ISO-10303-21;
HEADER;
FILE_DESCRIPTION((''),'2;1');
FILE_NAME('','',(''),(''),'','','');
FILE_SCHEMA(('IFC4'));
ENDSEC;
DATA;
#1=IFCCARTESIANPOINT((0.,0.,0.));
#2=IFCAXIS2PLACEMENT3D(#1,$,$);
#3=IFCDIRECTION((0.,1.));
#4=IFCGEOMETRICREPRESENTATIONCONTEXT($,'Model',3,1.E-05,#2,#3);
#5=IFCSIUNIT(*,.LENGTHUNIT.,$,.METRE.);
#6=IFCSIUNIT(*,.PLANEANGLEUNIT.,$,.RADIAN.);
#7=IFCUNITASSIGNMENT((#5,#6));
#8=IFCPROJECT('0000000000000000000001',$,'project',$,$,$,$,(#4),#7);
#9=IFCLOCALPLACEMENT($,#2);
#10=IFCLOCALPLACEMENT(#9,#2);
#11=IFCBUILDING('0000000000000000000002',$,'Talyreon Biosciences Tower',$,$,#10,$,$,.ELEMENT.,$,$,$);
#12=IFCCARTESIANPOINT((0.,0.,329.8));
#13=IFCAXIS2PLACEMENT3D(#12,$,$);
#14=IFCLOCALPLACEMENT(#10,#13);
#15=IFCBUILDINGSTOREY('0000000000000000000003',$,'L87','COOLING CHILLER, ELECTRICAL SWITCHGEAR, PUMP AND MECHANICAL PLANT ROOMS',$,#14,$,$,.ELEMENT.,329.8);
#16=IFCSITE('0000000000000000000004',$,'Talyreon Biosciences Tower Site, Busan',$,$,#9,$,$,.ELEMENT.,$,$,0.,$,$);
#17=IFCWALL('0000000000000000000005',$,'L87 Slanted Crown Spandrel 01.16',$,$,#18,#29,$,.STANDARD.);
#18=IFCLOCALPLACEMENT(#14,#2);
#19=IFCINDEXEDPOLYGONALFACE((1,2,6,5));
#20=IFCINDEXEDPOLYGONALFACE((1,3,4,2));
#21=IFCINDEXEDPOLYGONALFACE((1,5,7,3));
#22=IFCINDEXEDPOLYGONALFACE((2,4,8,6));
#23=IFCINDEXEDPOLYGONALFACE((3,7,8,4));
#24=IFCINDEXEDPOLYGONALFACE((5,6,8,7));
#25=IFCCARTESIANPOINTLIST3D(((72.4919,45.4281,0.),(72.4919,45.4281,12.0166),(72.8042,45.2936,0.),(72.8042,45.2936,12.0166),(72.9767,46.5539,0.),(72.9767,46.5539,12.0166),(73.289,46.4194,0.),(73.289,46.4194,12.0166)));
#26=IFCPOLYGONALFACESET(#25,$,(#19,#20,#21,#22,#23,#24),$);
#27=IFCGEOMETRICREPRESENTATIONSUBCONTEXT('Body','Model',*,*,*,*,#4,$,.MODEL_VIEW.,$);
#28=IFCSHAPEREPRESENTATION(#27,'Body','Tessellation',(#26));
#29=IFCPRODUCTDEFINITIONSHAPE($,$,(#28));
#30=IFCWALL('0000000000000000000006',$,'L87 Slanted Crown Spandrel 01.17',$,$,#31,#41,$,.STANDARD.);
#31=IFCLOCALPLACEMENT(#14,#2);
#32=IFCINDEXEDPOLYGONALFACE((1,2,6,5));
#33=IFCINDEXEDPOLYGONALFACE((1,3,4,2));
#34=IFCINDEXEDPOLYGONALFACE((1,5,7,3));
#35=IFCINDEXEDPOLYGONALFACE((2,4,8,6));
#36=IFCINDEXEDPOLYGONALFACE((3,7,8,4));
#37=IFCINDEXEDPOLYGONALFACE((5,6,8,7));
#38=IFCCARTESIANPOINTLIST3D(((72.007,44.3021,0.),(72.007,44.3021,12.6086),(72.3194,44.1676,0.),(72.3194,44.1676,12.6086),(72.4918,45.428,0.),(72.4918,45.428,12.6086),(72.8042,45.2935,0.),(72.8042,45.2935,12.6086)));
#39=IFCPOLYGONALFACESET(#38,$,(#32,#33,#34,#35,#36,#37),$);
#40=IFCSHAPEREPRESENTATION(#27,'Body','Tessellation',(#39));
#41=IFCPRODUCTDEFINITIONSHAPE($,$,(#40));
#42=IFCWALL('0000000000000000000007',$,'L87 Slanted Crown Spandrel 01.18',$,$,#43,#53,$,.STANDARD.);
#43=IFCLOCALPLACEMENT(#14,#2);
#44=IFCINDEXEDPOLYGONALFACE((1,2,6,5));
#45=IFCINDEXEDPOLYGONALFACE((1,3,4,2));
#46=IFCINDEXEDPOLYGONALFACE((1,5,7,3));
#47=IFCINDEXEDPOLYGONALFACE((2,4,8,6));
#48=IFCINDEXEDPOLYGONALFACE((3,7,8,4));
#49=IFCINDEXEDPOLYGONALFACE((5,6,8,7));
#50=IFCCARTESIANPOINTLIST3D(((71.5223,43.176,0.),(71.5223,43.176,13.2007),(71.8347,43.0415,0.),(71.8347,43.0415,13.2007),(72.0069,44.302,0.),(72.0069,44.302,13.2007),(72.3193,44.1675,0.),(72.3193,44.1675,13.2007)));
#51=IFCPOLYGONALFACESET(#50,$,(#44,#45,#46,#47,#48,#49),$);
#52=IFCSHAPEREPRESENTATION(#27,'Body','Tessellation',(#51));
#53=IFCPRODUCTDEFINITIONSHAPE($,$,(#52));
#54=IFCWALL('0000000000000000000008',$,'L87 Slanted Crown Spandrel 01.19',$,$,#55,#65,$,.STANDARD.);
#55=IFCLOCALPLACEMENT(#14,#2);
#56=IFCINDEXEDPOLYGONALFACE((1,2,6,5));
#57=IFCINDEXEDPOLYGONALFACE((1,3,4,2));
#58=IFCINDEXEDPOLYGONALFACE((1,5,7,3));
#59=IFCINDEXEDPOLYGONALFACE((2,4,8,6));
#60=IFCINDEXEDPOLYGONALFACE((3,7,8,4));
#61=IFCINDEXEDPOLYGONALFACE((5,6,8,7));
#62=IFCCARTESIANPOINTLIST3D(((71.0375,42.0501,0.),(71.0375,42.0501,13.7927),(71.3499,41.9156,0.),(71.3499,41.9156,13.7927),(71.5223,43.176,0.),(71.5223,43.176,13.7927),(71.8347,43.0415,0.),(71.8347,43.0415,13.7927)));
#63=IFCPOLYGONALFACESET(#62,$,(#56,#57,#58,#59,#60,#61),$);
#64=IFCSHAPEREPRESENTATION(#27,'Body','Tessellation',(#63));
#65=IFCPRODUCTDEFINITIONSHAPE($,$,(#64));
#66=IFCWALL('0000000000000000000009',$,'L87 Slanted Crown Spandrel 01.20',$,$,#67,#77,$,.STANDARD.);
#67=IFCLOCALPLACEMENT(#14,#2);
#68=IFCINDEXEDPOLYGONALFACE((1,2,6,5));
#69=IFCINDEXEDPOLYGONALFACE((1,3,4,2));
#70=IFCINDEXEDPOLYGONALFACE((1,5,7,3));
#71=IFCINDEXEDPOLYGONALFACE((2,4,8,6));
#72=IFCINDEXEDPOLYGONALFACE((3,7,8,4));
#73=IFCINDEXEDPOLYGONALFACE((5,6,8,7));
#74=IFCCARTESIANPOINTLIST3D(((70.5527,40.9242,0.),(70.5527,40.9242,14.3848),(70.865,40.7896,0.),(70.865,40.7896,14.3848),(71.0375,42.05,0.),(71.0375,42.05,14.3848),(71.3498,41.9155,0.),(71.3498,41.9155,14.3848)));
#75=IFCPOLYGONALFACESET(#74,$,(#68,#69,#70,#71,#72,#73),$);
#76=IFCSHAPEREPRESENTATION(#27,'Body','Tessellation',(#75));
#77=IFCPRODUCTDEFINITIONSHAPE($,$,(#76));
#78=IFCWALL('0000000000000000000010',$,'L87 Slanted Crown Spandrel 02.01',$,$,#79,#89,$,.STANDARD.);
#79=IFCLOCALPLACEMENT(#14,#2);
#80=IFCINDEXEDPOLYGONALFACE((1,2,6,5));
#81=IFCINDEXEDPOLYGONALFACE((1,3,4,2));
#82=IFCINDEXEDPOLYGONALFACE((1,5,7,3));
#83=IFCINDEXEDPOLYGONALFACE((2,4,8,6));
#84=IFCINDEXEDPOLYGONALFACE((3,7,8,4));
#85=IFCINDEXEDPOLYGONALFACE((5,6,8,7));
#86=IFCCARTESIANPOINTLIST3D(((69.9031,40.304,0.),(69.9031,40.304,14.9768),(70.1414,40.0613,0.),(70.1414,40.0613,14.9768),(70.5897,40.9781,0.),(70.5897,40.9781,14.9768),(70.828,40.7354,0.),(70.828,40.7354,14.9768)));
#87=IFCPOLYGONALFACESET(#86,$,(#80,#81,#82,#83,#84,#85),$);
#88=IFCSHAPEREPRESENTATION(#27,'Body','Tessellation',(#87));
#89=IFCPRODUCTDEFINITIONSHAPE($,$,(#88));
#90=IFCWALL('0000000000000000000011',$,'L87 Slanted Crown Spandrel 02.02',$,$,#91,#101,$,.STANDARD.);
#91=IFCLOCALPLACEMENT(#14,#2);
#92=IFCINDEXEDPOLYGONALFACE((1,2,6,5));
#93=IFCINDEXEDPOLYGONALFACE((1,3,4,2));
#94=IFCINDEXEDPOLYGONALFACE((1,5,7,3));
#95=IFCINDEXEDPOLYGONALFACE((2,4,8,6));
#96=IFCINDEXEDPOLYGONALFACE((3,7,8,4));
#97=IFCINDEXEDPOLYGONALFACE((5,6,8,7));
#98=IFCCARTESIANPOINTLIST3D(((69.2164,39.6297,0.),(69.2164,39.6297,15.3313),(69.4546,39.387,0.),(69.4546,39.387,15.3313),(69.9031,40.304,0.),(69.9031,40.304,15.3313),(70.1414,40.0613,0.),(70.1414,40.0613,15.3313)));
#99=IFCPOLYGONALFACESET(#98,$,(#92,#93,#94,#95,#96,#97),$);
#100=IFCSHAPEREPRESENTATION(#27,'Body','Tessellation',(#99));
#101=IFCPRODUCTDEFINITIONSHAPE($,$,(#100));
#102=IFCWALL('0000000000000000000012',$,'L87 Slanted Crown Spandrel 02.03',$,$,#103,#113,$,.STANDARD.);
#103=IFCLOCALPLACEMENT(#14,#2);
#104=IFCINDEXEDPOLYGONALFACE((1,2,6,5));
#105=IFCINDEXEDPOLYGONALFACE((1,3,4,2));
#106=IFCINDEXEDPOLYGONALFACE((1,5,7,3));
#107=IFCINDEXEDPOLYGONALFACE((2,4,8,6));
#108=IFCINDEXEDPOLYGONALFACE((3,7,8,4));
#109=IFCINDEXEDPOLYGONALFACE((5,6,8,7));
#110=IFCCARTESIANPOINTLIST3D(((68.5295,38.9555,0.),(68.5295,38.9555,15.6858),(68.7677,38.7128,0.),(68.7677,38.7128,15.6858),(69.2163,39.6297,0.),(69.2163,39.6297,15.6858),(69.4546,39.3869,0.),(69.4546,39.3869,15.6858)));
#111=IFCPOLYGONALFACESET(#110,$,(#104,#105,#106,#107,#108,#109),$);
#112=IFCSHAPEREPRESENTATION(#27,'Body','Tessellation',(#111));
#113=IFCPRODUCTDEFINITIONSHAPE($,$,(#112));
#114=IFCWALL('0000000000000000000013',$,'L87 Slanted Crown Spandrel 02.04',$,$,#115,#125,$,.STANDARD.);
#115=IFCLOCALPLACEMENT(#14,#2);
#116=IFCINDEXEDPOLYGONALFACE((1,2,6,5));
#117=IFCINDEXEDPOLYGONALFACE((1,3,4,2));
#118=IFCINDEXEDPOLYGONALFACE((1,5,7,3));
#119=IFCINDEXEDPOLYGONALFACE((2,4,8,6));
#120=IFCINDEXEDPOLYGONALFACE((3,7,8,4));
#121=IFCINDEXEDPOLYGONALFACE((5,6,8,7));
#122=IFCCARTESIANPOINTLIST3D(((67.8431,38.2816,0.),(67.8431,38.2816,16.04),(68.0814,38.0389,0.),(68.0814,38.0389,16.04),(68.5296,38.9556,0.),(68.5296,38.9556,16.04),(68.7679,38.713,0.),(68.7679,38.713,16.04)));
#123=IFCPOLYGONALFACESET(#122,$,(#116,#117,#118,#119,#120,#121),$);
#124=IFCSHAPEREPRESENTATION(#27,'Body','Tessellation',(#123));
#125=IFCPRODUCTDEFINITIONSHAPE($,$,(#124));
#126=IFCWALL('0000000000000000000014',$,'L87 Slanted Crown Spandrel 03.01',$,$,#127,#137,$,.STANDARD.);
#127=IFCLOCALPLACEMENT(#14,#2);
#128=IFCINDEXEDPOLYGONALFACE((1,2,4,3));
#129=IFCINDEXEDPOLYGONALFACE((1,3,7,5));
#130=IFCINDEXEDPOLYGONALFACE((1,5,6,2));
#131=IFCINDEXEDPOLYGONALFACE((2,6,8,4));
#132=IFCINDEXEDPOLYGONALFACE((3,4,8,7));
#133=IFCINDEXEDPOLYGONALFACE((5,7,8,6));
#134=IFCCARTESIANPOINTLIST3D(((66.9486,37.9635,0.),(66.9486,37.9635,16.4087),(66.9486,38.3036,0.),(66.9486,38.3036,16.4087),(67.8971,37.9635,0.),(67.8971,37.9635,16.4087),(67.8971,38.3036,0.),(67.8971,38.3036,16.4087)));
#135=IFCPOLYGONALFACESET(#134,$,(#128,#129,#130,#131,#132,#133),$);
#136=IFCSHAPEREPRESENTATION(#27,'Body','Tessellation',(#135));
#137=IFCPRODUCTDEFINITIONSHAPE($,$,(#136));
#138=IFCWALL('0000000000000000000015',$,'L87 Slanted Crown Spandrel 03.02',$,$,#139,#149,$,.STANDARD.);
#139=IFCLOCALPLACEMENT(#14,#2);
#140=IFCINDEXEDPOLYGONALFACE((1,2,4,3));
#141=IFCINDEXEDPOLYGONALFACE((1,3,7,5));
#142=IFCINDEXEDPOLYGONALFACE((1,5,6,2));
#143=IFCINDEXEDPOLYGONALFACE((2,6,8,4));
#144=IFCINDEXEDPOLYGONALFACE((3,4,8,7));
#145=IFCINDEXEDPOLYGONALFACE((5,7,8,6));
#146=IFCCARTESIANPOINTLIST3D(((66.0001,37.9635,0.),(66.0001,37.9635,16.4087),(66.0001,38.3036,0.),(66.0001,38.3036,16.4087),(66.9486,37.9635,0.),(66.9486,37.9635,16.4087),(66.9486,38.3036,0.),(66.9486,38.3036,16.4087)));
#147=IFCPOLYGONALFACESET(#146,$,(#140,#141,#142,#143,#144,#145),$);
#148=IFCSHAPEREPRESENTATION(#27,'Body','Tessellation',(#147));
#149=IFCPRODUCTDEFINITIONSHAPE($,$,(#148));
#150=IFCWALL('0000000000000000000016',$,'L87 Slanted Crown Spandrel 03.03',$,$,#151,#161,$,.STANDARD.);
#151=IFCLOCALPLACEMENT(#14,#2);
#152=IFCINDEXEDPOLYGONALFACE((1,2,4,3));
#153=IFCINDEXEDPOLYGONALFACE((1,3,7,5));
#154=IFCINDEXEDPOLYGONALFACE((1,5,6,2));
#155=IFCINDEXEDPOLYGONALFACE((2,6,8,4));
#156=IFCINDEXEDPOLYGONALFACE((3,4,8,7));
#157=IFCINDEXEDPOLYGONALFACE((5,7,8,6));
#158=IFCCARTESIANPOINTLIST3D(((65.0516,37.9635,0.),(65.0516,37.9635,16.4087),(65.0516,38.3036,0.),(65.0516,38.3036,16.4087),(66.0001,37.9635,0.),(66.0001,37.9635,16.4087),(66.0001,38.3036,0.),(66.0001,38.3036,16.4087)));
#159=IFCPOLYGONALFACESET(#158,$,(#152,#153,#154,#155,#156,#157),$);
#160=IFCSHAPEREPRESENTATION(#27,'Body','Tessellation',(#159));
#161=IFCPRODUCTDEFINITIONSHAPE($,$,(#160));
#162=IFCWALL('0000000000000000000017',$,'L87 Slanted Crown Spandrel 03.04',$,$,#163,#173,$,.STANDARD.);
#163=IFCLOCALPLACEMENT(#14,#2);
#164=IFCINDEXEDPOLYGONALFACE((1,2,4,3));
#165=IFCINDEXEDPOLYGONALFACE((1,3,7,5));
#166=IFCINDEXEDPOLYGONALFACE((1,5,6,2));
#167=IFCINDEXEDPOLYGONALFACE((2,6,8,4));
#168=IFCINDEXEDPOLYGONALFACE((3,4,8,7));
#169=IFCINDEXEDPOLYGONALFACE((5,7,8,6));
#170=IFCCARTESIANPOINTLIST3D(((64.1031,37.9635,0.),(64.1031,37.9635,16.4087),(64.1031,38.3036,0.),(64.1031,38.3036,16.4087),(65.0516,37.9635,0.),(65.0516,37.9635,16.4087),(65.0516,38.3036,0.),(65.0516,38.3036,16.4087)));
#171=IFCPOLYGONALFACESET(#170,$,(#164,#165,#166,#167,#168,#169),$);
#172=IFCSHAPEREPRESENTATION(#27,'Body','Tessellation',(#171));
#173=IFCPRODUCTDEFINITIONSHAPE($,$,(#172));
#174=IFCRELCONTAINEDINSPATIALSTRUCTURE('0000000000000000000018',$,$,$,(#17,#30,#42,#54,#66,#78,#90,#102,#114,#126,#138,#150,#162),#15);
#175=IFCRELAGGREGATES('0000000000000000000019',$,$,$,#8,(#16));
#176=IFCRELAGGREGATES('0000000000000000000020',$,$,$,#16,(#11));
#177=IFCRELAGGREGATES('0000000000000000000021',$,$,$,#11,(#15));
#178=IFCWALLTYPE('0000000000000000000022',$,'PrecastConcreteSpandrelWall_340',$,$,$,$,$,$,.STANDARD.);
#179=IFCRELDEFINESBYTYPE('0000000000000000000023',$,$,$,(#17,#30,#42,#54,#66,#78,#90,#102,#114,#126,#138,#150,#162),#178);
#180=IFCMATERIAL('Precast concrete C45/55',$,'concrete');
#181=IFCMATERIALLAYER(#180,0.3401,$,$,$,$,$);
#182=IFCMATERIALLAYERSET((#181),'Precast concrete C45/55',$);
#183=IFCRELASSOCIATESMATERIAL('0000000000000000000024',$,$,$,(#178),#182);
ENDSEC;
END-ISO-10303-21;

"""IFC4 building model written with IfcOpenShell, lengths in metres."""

from ifc_helpers import new_model, si_unit, direction, frame, frame_2d, origin, place, context, subcontext, project, spatial, rectangle, extrude, material, layer, layer_set, type_object, element, save


model = new_model("IFC4")

# Units and contexts
model_context = context("Model", 3, precision=1e-05, world=origin(), true_north=direction((0.0, 1.0)))
body_context = subcontext(model_context, "Body", "Model", "MODEL_VIEW")
ifc_project = project(units=[si_unit("LENGTHUNIT", "METRE"), si_unit("PLANEANGLEUNIT", "RADIAN")], contexts=[model_context])

# Site, building, storey
site_placement = place(None, origin())
site = spatial("IfcSite", under=ifc_project, at=site_placement, Name="Talyreon Biosciences Tower Site, Busan", CompositionType="ELEMENT", RefElevation=0.0)
building_placement = place(site_placement, origin())
building = spatial("IfcBuilding", under=site, at=building_placement, Name="Talyreon Biosciences Tower", CompositionType="ELEMENT")
storey_placement = place(building_placement, frame((0.0, 0.0, 329.8)))
storey = spatial("IfcBuildingStorey", under=building, at=storey_placement, Name="L87", Description="COOLING CHILLER, ELECTRICAL SWITCHGEAR, PUMP AND MECHANICAL PLANT ROOMS", CompositionType="ELEMENT", Elevation=329.8)

# Walls
ifc_material_1 = material(Name="Precast concrete C45/55", Category="concrete")
ifc_layer_1 = layer(ifc_material_1, 0.3401)
ifc_layer_set_1 = layer_set([ifc_layer_1], Name="Precast concrete C45/55")
wall_type_1 = type_object("IfcWallType", Name="PrecastConcreteSpandrelWall_340", PredefinedType="STANDARD", material=ifc_layer_set_1)
wall_1_placement = place(storey_placement, frame((73.1328, 46.4866, 0.0), z_axis=(0.0, 0.0, 1.0), x_axis=(-0.395505, -0.918464, 0.0)))
element("IfcWall", 1, at=wall_1_placement, inside=storey, type_object=wall_type_1, Name="L87 Slanted Crown Spandrel 01.16", PredefinedType="STANDARD", context=body_context, shape_type="SweptSolid", body=[
    extrude(rectangle(XDim=1.2258, YDim=0.3401, at=frame_2d((0.6128, 0.0))), origin(), (0.0, 0.0, 1.0), 12.0166),
])
wall_2_placement = place(storey_placement, frame((72.6479, 45.3606, 0.0), z_axis=(0.0, 0.0, 1.0), x_axis=(-0.395505, -0.918464, 0.0)))
element("IfcWall", 2, at=wall_2_placement, inside=storey, type_object=wall_type_1, Name="L87 Slanted Crown Spandrel 01.17", PredefinedType="STANDARD", context=body_context, shape_type="SweptSolid", body=[
    extrude(rectangle(XDim=1.2258, YDim=0.3401, at=frame_2d((0.6128, 0.0))), origin(), (0.0, 0.0, 1.0), 12.6086),
])
wall_3_placement = place(storey_placement, frame((72.1631, 44.2346, 0.0), z_axis=(0.0, 0.0, 1.0), x_axis=(-0.395337, -0.918536, 0.0)))
element("IfcWall", 3, at=wall_3_placement, inside=storey, type_object=wall_type_1, Name="L87 Slanted Crown Spandrel 01.18", PredefinedType="STANDARD", context=body_context, shape_type="SweptSolid", body=[
    extrude(rectangle(XDim=1.2258, YDim=0.3401, at=frame_2d((0.6128, 0.0))), origin(), (0.0, 0.0, 1.0), 13.2007),
])
wall_4_placement = place(storey_placement, frame((71.6785, 43.1086, 0.0), z_axis=(0.0, 0.0, 1.0), x_axis=(-0.395505, -0.918464, 0.0)))
element("IfcWall", 4, at=wall_4_placement, inside=storey, type_object=wall_type_1, Name="L87 Slanted Crown Spandrel 01.19", PredefinedType="STANDARD", context=body_context, shape_type="SweptSolid", body=[
    extrude(rectangle(XDim=1.2258, YDim=0.3401, at=frame_2d((0.6128, 0.0))), origin(), (0.0, 0.0, 1.0), 13.7927),
])
wall_5_placement = place(storey_placement, frame((71.1936, 41.9827, 0.0), z_axis=(0.0, 0.0, 1.0), x_axis=(-0.395505, -0.918464, 0.0)))
element("IfcWall", 5, at=wall_5_placement, inside=storey, type_object=wall_type_1, Name="L87 Slanted Crown Spandrel 01.20", PredefinedType="STANDARD", context=body_context, shape_type="SweptSolid", body=[
    extrude(rectangle(XDim=1.2258, YDim=0.3401, at=frame_2d((0.6128, 0.0))), origin(), (0.0, 0.0, 1.0), 14.3848),
])
wall_6_placement = place(storey_placement, frame((70.7087, 40.8567, 0.0), z_axis=(0.0, 0.0, 1.0), x_axis=(-0.713548, -0.700607, 0.0)))
element("IfcWall", 6, at=wall_6_placement, inside=storey, type_object=wall_type_1, Name="L87 Slanted Crown Spandrel 02.01", PredefinedType="STANDARD", context=body_context, shape_type="SweptSolid", body=[
    extrude(rectangle(XDim=0.9622, YDim=0.3401, at=frame_2d((0.481, 0.0))), origin(), (0.0, 0.0, 1.0), 14.9768),
])
wall_7_placement = place(storey_placement, frame((70.0222, 40.1826, 0.0), z_axis=(0.0, 0.0, 1.0), x_axis=(-0.713546, -0.700609, 0.0)))
element("IfcWall", 7, at=wall_7_placement, inside=storey, type_object=wall_type_1, Name="L87 Slanted Crown Spandrel 02.02", PredefinedType="STANDARD", context=body_context, shape_type="SweptSolid", body=[
    extrude(rectangle(XDim=0.9624, YDim=0.3401, at=frame_2d((0.4812, 0.0))), origin(), (0.0, 0.0, 1.0), 15.3313),
])
wall_8_placement = place(storey_placement, frame((69.3354, 39.5083, 0.0), z_axis=(0.0, 0.0, 1.0), x_axis=(-0.713672, -0.70048, 0.0)))
element("IfcWall", 8, at=wall_8_placement, inside=storey, type_object=wall_type_1, Name="L87 Slanted Crown Spandrel 02.03", PredefinedType="STANDARD", context=body_context, shape_type="SweptSolid", body=[
    extrude(rectangle(XDim=0.9624, YDim=0.3401, at=frame_2d((0.4812, 0.0))), origin(), (0.0, 0.0, 1.0), 15.6858),
])
wall_9_placement = place(storey_placement, frame((68.6487, 38.8342, 0.0), z_axis=(0.0, 0.0, 1.0), x_axis=(-0.713548, -0.700607, 0.0)))
element("IfcWall", 9, at=wall_9_placement, inside=storey, type_object=wall_type_1, Name="L87 Slanted Crown Spandrel 02.04", PredefinedType="STANDARD", context=body_context, shape_type="SweptSolid", body=[
    extrude(rectangle(XDim=0.9622, YDim=0.3401, at=frame_2d((0.481, 0.0))), origin(), (0.0, 0.0, 1.0), 16.04),
])
for number, where, z_axis, x_axis, name in (
    (10, (67.897, 38.1335, 0.0), (0.0, 0.0, 1.0), (-1.0, 0.0, 0.0), "L87 Slanted Crown Spandrel 03.01"),
    (11, (66.9485, 38.1335, 0.0), (0.0, 0.0, 1.0), (-1.0, 0.0, 0.0), "L87 Slanted Crown Spandrel 03.02"),
    (12, (66.0, 38.1335, 0.0), (0.0, 0.0, 1.0), (-1.0, 0.0, 0.0), "L87 Slanted Crown Spandrel 03.03"),
    (13, (65.0515, 38.1335, 0.0), (0.0, 0.0, 1.0), (-1.0, 0.0, 0.0), "L87 Slanted Crown Spandrel 03.04"),
):
    element("IfcWall", number, at=place(storey_placement, frame(where, z_axis=z_axis, x_axis=x_axis)), inside=storey, type_object=wall_type_1, Name=name, PredefinedType="STANDARD", context=body_context, shape_type="SweptSolid", body=[
        extrude(rectangle(XDim=0.9485, YDim=0.3401, at=frame_2d((0.4741, 0.0))), origin(), (0.0, 0.0, 1.0), 16.4087),
    ])

save(model, "model.ifc")
